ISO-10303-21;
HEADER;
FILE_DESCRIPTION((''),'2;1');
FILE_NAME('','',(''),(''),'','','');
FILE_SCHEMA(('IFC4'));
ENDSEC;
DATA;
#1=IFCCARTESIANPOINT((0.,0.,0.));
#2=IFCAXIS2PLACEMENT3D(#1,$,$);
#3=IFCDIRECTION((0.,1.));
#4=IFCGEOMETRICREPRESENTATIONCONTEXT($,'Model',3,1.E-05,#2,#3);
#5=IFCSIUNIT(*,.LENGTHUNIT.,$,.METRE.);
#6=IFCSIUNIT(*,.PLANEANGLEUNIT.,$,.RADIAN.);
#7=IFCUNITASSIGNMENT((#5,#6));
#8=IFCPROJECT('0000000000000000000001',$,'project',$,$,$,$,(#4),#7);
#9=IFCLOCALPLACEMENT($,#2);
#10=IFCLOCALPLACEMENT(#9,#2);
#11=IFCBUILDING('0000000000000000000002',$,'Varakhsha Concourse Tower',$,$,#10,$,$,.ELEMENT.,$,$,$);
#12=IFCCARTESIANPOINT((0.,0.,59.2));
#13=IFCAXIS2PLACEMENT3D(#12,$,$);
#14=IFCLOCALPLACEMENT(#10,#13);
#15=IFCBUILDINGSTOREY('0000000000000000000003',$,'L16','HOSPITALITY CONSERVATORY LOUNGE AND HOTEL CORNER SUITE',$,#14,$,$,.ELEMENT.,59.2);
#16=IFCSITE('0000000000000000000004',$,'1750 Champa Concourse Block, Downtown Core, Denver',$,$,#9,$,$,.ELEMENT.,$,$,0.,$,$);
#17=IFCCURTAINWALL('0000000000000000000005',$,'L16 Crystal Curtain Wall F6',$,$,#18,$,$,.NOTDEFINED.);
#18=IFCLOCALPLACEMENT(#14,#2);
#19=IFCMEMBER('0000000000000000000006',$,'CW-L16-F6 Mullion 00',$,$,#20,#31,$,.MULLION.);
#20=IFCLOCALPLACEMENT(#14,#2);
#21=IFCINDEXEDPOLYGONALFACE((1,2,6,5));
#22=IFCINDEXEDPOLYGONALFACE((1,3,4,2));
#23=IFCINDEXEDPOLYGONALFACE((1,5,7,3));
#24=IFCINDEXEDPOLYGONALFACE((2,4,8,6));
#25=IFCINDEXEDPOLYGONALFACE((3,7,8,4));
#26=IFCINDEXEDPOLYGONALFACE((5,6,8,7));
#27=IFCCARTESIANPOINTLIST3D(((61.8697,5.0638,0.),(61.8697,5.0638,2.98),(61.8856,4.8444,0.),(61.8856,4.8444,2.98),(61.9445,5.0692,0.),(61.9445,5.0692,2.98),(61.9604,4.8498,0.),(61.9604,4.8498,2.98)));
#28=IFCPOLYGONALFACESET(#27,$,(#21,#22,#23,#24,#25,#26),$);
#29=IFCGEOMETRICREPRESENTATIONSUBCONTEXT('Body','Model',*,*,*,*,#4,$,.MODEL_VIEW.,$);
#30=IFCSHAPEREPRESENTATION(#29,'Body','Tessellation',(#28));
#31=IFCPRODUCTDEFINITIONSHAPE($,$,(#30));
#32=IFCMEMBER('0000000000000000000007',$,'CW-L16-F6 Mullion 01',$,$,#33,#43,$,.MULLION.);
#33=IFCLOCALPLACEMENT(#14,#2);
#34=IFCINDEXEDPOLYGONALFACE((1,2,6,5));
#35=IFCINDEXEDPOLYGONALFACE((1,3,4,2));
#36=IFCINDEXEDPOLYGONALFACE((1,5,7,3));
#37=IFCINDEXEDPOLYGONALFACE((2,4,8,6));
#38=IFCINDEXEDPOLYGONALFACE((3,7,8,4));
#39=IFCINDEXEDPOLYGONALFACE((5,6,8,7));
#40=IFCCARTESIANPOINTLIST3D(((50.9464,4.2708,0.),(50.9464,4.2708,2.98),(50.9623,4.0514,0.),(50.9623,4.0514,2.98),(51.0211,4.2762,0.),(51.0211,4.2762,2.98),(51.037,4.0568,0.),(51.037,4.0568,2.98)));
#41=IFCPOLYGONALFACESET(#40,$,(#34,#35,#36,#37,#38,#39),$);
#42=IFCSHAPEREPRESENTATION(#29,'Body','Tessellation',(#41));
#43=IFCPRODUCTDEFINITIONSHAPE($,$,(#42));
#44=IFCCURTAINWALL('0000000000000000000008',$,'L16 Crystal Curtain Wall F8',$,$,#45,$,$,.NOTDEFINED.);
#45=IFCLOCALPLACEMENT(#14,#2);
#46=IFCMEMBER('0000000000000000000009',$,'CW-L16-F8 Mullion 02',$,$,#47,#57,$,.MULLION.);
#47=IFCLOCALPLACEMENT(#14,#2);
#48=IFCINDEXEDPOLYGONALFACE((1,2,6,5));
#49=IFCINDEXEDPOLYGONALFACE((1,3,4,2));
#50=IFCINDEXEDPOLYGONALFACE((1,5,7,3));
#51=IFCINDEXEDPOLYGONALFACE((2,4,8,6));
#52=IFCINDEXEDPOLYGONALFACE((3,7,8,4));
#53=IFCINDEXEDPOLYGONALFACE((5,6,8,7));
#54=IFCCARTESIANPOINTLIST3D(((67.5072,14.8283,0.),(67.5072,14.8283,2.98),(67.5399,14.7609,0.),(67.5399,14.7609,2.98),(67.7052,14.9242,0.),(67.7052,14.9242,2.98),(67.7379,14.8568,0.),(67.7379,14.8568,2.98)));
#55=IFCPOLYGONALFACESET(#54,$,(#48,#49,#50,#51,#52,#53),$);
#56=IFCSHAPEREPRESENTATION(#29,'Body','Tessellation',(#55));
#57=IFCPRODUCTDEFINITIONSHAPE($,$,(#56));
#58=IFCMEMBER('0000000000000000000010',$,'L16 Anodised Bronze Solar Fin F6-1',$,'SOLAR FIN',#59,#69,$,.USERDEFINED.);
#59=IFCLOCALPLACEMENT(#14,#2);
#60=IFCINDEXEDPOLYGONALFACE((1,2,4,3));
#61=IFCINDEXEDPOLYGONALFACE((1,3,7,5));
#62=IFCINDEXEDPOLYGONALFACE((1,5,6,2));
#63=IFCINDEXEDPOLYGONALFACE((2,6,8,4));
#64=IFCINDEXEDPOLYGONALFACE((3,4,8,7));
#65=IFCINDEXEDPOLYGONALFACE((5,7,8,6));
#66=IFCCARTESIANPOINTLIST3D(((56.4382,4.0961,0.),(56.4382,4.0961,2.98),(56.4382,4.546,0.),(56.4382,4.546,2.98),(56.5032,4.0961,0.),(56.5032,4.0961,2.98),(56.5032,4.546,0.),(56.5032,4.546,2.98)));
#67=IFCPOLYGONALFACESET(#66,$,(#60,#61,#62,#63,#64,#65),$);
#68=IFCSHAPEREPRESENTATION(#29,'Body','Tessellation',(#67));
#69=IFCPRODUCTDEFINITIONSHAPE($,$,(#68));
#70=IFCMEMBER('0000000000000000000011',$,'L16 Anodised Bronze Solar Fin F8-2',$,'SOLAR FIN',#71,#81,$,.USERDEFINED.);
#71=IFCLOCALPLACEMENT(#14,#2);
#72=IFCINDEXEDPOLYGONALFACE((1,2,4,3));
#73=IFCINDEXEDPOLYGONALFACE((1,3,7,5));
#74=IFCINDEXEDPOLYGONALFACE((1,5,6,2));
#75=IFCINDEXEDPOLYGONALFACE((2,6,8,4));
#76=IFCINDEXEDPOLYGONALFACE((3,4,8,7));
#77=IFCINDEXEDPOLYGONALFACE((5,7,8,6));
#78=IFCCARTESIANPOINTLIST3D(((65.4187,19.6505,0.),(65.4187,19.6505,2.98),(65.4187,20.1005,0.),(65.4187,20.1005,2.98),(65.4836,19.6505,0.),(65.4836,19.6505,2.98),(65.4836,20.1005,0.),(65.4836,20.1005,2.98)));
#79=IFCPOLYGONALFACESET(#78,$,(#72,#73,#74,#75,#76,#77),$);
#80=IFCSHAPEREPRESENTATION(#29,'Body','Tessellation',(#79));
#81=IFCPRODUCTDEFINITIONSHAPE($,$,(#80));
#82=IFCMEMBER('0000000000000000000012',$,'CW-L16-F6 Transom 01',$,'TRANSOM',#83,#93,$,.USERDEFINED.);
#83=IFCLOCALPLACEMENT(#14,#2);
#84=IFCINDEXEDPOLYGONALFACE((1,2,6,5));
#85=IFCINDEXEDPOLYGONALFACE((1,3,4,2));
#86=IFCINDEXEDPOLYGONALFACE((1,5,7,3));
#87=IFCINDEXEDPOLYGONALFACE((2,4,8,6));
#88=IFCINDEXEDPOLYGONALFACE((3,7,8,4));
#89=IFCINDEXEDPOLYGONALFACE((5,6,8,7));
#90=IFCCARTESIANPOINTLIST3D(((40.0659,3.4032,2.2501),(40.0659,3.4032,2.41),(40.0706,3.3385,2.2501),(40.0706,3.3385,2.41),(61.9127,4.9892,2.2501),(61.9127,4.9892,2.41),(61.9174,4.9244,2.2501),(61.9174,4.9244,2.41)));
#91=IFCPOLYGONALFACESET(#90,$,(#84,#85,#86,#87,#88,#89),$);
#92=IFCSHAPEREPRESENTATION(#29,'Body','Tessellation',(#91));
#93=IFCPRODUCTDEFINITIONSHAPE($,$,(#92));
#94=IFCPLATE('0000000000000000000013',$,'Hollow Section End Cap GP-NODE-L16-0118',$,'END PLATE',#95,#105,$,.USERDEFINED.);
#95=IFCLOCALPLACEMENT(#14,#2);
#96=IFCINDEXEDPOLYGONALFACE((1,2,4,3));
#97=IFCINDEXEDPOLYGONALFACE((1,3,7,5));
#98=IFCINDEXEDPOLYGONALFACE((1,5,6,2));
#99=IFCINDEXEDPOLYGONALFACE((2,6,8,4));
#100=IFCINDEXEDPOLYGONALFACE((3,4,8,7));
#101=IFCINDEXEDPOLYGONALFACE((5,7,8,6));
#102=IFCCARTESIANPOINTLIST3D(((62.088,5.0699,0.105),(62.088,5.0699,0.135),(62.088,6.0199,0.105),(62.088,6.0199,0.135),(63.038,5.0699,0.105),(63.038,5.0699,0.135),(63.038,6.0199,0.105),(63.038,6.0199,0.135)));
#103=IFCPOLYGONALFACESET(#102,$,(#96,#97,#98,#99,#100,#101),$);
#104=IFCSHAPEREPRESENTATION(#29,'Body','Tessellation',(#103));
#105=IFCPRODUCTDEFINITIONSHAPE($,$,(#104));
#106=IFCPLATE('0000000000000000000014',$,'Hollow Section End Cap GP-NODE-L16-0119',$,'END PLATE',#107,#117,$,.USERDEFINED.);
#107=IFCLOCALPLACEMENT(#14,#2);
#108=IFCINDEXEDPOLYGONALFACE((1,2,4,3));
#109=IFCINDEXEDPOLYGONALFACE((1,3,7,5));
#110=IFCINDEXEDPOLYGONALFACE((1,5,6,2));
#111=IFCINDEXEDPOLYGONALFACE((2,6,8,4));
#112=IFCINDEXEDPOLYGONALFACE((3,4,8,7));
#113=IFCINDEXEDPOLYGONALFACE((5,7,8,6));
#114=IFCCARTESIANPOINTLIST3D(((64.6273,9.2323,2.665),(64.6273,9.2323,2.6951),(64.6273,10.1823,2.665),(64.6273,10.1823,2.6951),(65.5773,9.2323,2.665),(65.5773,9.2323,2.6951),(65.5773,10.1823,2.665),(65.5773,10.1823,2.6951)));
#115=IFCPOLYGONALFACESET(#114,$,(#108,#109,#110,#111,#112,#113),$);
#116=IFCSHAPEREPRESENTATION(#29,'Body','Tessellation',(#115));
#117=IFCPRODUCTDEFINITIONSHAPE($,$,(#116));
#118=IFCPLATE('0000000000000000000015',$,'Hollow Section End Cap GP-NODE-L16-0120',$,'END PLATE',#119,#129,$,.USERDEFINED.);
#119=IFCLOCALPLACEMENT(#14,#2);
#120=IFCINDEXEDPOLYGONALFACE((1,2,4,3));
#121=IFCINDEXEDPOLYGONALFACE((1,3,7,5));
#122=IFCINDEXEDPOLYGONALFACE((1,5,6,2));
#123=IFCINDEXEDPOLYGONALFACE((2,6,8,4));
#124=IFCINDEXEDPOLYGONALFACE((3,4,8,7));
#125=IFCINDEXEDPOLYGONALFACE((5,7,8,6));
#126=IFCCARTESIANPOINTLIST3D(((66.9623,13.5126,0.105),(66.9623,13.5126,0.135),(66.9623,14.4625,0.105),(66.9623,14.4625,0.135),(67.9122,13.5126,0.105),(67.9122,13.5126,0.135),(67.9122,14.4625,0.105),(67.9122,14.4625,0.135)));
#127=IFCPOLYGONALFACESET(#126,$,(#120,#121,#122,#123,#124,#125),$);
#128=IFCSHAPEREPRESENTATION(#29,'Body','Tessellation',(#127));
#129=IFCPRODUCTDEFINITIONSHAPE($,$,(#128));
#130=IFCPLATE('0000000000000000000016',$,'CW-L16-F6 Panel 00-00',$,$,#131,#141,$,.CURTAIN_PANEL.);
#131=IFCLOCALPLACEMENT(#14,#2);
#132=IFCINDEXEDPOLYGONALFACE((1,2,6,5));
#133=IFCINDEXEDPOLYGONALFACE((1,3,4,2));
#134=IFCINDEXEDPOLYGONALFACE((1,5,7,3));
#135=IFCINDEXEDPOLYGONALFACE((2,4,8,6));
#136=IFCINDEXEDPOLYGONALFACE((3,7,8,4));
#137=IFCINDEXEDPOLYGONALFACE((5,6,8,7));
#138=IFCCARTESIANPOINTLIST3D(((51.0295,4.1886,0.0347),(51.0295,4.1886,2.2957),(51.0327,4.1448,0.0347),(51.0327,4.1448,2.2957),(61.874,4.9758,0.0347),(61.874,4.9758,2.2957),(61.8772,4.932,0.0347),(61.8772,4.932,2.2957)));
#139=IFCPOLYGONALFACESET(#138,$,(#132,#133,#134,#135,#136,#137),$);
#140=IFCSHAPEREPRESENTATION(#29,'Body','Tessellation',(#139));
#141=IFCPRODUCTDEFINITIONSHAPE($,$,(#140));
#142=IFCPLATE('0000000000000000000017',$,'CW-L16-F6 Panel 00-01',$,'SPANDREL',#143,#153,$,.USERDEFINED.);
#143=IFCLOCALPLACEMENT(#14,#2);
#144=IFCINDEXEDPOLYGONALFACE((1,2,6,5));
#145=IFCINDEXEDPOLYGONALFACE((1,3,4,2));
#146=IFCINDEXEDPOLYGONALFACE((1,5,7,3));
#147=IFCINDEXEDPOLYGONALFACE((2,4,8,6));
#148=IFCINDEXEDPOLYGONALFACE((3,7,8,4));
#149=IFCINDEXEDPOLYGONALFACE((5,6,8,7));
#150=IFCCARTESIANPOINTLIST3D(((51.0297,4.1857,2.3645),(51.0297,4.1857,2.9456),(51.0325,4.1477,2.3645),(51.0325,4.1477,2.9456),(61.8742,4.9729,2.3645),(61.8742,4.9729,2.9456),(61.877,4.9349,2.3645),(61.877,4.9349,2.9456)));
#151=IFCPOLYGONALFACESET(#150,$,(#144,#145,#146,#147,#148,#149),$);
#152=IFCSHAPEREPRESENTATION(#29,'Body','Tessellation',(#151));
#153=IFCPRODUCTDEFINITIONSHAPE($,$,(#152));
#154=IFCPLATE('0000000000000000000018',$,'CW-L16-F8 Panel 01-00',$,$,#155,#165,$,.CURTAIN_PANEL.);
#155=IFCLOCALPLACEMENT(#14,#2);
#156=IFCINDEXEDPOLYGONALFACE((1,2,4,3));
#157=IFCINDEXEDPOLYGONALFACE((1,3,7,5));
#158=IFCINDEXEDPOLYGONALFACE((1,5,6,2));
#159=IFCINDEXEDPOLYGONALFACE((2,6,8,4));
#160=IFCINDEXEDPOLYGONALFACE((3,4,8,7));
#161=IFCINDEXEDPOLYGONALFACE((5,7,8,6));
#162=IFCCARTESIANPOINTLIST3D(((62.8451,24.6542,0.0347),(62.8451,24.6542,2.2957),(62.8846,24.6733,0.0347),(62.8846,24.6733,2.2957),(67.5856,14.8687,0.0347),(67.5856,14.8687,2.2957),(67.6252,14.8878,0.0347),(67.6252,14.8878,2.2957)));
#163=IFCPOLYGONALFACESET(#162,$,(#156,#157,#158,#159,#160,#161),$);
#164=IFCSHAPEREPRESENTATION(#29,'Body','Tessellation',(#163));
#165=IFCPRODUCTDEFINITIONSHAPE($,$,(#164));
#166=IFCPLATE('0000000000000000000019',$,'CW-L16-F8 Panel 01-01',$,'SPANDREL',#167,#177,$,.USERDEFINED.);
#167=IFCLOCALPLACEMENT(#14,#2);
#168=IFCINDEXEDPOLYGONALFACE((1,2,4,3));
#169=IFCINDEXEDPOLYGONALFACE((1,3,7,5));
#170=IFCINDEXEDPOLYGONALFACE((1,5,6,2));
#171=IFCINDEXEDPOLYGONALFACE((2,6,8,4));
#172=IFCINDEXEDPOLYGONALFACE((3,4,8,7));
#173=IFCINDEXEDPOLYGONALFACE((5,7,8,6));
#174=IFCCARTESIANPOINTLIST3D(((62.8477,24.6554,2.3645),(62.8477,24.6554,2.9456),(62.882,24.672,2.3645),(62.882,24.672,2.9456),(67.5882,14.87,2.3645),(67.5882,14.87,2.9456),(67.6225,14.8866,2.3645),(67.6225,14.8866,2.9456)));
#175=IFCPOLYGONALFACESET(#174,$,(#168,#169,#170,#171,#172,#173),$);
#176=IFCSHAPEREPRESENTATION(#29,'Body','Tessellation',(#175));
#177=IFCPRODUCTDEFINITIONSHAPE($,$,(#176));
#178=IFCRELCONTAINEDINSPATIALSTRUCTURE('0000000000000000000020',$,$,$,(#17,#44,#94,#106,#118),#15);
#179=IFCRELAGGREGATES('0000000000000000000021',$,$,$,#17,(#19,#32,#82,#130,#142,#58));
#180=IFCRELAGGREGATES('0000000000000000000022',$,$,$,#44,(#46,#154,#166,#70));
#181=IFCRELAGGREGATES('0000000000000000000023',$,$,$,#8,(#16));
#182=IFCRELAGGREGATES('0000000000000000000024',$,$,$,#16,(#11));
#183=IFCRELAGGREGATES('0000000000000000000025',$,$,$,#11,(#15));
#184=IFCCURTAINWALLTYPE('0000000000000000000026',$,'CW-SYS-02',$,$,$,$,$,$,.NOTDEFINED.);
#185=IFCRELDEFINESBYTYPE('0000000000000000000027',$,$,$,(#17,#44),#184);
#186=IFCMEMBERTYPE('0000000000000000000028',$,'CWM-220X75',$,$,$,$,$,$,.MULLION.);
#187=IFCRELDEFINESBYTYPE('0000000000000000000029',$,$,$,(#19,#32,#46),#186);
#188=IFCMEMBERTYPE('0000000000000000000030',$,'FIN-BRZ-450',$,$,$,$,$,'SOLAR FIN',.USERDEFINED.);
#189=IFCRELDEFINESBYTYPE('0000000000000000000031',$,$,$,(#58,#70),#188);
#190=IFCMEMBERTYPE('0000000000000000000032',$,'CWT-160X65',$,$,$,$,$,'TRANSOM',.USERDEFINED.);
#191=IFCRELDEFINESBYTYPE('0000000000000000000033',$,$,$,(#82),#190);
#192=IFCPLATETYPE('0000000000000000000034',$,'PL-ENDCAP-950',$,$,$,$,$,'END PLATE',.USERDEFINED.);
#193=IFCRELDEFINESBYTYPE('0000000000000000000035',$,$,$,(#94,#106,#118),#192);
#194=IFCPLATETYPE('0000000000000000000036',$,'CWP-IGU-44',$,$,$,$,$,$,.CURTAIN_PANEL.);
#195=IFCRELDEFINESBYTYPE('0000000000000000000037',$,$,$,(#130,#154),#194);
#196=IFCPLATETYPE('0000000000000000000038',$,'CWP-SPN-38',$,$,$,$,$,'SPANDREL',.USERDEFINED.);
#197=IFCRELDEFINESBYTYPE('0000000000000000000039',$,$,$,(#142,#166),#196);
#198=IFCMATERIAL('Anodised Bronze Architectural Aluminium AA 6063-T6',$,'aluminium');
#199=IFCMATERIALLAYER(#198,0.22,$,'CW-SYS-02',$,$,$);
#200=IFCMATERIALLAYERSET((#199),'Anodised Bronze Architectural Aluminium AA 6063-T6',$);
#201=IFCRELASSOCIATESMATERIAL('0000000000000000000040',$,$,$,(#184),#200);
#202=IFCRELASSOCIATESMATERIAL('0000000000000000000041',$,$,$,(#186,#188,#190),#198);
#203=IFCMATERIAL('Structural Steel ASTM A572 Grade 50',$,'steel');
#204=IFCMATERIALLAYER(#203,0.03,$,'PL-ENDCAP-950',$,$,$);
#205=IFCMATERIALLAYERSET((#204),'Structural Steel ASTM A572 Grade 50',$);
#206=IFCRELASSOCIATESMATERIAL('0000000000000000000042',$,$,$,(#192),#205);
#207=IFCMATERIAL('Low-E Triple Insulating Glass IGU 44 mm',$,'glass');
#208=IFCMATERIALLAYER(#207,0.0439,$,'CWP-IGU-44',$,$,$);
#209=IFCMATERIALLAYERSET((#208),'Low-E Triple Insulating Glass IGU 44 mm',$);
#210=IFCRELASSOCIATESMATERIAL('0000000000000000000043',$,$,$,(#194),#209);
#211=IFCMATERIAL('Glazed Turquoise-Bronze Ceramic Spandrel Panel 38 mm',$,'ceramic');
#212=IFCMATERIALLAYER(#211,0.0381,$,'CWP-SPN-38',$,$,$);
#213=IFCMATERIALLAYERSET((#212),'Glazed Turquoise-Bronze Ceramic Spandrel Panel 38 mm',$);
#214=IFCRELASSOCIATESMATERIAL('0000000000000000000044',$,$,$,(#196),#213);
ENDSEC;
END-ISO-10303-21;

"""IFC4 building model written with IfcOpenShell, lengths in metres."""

from ifc_helpers import new_model, si_unit, direction, frame, origin, origin_2d, place, context, subcontext, project, spatial, rectangle, extrude, source, transform, mapped, material, layer, layer_set, material_profile, profile_set, type_object, type_shapes, element, aggregate, save


model = new_model("IFC4")

# Units and contexts
model_context = context("Model", 3, precision=1e-05, world=origin(), true_north=direction((0.0, 1.0)))
body_context = subcontext(model_context, "Body", "Model", "MODEL_VIEW")
ifc_project = project(units=[si_unit("LENGTHUNIT", "METRE"), si_unit("PLANEANGLEUNIT", "RADIAN")], contexts=[model_context])

# Site, building, storey
site_placement = place(None, origin())
site = spatial("IfcSite", under=ifc_project, at=site_placement, Name="1750 Champa Concourse Block, Downtown Core, Denver", CompositionType="ELEMENT", RefElevation=0.0)
building_placement = place(site_placement, origin())
building = spatial("IfcBuilding", under=site, at=building_placement, Name="Varakhsha Concourse Tower", CompositionType="ELEMENT")
storey_placement = place(building_placement, frame((0.0, 0.0, 59.2)))
storey = spatial("IfcBuildingStorey", under=building, at=storey_placement, Name="L16", Description="HOSPITALITY CONSERVATORY LOUNGE AND HOTEL CORNER SUITE", CompositionType="ELEMENT", Elevation=59.2)

# Shared definitions
ifc_material_1 = material(Name="Structural Steel ASTM A572 Grade 50", Category="steel")

# Curtain wall, members
ifc_material_2 = material(Name="Anodised Bronze Architectural Aluminium AA 6063-T6", Category="aluminium")
ifc_layer_1 = layer(ifc_material_2, 0.22, Name="CW-SYS-02")
ifc_layer_set_1 = layer_set([ifc_layer_1], Name="Anodised Bronze Architectural Aluminium AA 6063-T6")
curtain_wall_type = type_object("IfcCurtainWallType", Name="CW-SYS-02", PredefinedType="NOTDEFINED", material=ifc_layer_set_1)
curtain_wall_1_placement = place(storey_placement, origin())
curtain_wall_1 = element("IfcCurtainWall", 1, at=curtain_wall_1_placement, inside=storey, type_object=curtain_wall_type, Name="L16 Crystal Curtain Wall F6", PredefinedType="NOTDEFINED")
ifc_material_profile_1 = material_profile(ifc_material_2, rectangle(XDim=0.075, YDim=0.22, at=origin_2d()), Name="CWM-220X75")
ifc_profile_set_1 = profile_set([ifc_material_profile_1], Name="Anodised Bronze Architectural Aluminium AA 6063-T6")
member_type_1 = type_object("IfcMemberType", Name="CWM-220X75", PredefinedType="MULLION", material=ifc_profile_set_1)
shared_shape_1 = source(origin(), body_context, "Body", "SweptSolid", [
    extrude(rectangle(XDim=0.075, YDim=0.22, at=origin_2d()), origin(), (0.0, 0.0, 1.0), 2.98),
])
type_shapes(member_type_1, [shared_shape_1])
member_1_placement = place(storey_placement, frame((61.915, 4.9568, 0.0), z_axis=(0.0, 0.0, 1.0), x_axis=(-0.997376, -0.072401, 0.0)))
member_1 = element("IfcMember", 2, at=member_1_placement, type_object=member_type_1, Name="CW-L16-F6 Mullion 00", PredefinedType="MULLION", context=body_context, shape_type="MappedRepresentation", body=[
    mapped(shared_shape_1, transform((0.0, 0.0, 0.0), scale=1.0)),
])
member_2_placement = place(storey_placement, frame((50.9917, 4.1638, 0.0), z_axis=(0.0, 0.0, 1.0), x_axis=(-0.997376, -0.072401, 0.0)))
member_2 = element("IfcMember", 3, at=member_2_placement, type_object=member_type_1, Name="CW-L16-F6 Mullion 01", PredefinedType="MULLION", context=body_context, shape_type="MappedRepresentation", body=[
    mapped(shared_shape_1, transform((0.0, 0.0, 0.0), scale=1.0)),
])

# Curtain wall, member
curtain_wall_2_placement = place(storey_placement, origin())
curtain_wall_2 = element("IfcCurtainWall", 4, at=curtain_wall_2_placement, inside=storey, type_object=curtain_wall_type, Name="L16 Crystal Curtain Wall F8", PredefinedType="NOTDEFINED")
member_3_placement = place(storey_placement, frame((67.6226, 14.8425, 0.0), z_axis=(0.0, 0.0, 1.0), x_axis=(0.435982, -0.899955, 0.0)))
member_3 = element("IfcMember", 5, at=member_3_placement, type_object=member_type_1, Name="CW-L16-F8 Mullion 02", PredefinedType="MULLION", context=body_context, shape_type="MappedRepresentation", body=[
    mapped(shared_shape_1, transform((0.0, 0.0, 0.0), scale=1.0)),
])

# Members
ifc_material_profile_2 = material_profile(ifc_material_2, rectangle(XDim=0.0649, YDim=0.45, at=origin_2d()), Name="FIN-BRZ-450")
ifc_profile_set_2 = profile_set([ifc_material_profile_2], Name="Anodised Bronze Architectural Aluminium AA 6063-T6")
member_type_2 = type_object("IfcMemberType", Name="FIN-BRZ-450", ElementType="SOLAR FIN", PredefinedType="USERDEFINED", material=ifc_profile_set_2)
shared_shape_2 = source(origin(), body_context, "Body", "SweptSolid", [
    extrude(rectangle(XDim=0.0649, YDim=0.45, at=origin_2d()), origin(), (0.0, 0.0, 1.0), 2.98),
])
type_shapes(member_type_2, [shared_shape_2])
member_4_placement = place(storey_placement, frame((56.4707, 4.321, 0.0), z_axis=(0.0, 0.0, 1.0), x_axis=(1.0, 0.0, 0.0)))
member_4 = element("IfcMember", 6, at=member_4_placement, type_object=member_type_2, Name="L16 Anodised Bronze Solar Fin F6-1", ObjectType="SOLAR FIN", PredefinedType="USERDEFINED", context=body_context, shape_type="MappedRepresentation", body=[
    mapped(shared_shape_2, transform((0.0, 0.0, 0.0), scale=1.0)),
])
member_5_placement = place(storey_placement, frame((65.4512, 19.8755, 0.0), z_axis=(0.0, 0.0, 1.0), x_axis=(1.0, 0.0, 0.0)))
member_5 = element("IfcMember", 7, at=member_5_placement, type_object=member_type_2, Name="L16 Anodised Bronze Solar Fin F8-2", ObjectType="SOLAR FIN", PredefinedType="USERDEFINED", context=body_context, shape_type="MappedRepresentation", body=[
    mapped(shared_shape_2, transform((0.0, 0.0, 0.0), scale=1.0)),
])
ifc_material_profile_3 = material_profile(ifc_material_2, rectangle(XDim=0.0649, YDim=0.1599, at=origin_2d()), Name="CWT-160X65")
ifc_profile_set_3 = profile_set([ifc_material_profile_3], Name="Anodised Bronze Architectural Aluminium AA 6063-T6")
member_type_3 = type_object("IfcMemberType", Name="CWT-160X65", ElementType="TRANSOM", PredefinedType="USERDEFINED", material=ifc_profile_set_3)
shared_shape_3 = source(origin(), body_context, "Body", "SweptSolid", [
    extrude(rectangle(XDim=0.0649, YDim=0.1599, at=origin_2d()), origin(), (0.0, 0.0, 1.0), 21.9043),
])
type_shapes(member_type_3, [shared_shape_3])
member_6_placement = place(storey_placement, frame((61.915, 4.9568, 2.3301), z_axis=(-0.997375, -0.072403, 0.0), x_axis=(0.072403, -0.997375, 0.0)))
member_6 = element("IfcMember", 8, at=member_6_placement, type_object=member_type_3, Name="CW-L16-F6 Transom 01", ObjectType="TRANSOM", PredefinedType="USERDEFINED", context=body_context, shape_type="MappedRepresentation", body=[
    mapped(shared_shape_3, transform((0.0, 0.0, 0.0), scale=1.0)),
])

# Plates
ifc_layer_2 = layer(ifc_material_1, 0.03, Name="PL-ENDCAP-950")
ifc_layer_set_2 = layer_set([ifc_layer_2], Name="Structural Steel ASTM A572 Grade 50")
plate_type_1 = type_object("IfcPlateType", Name="PL-ENDCAP-950", ElementType="END PLATE", PredefinedType="USERDEFINED", material=ifc_layer_set_2)
shared_shape_4 = source(origin(), body_context, "Body", "SweptSolid", [
    extrude(rectangle(XDim=0.95, YDim=0.95, at=origin_2d()), origin(), (0.0, 0.0, 1.0), 0.03),
])
type_shapes(plate_type_1, [shared_shape_4])
for number, where, z_axis, x_axis, name in (
    (9, (62.563, 5.5449, 0.105), (0.0, 0.0, 1.0), (1.0, 0.0, 0.0), "Hollow Section End Cap GP-NODE-L16-0118"),
    (10, (65.1023, 9.7073, 2.665), (0.0, 0.0, 1.0), (1.0, 0.0, 0.0), "Hollow Section End Cap GP-NODE-L16-0119"),
    (11, (67.4373, 13.9875, 0.105), (0.0, 0.0, 1.0), (1.0, 0.0, 0.0), "Hollow Section End Cap GP-NODE-L16-0120"),
):
    element("IfcPlate", number, at=place(storey_placement, frame(where, z_axis=z_axis, x_axis=x_axis)), inside=storey, type_object=plate_type_1, Name=name, ObjectType="END PLATE", PredefinedType="USERDEFINED", context=body_context, shape_type="MappedRepresentation", body=[
        mapped(shared_shape_4, transform((0.0, 0.0, 0.0), scale=1.0)),
    ])

# Plates
ifc_material_3 = material(Name="Low-E Triple Insulating Glass IGU 44 mm", Category="glass")
ifc_layer_3 = layer(ifc_material_3, 0.0439, Name="CWP-IGU-44")
ifc_layer_set_3 = layer_set([ifc_layer_3], Name="Low-E Triple Insulating Glass IGU 44 mm")
plate_type_2 = type_object("IfcPlateType", Name="CWP-IGU-44", PredefinedType="CURTAIN_PANEL", material=ifc_layer_set_3)
shared_shape_5 = source(origin(), body_context, "Body", "SweptSolid", [
    extrude(rectangle(XDim=10.873, YDim=0.0439, at=origin_2d()), origin(), (0.0, 0.0, 1.0), 2.261),
])
plate_1_placement = place(storey_placement, frame((56.4534, 4.5603, 0.0347), z_axis=(0.0, 0.0, 1.0), x_axis=(-0.997376, -0.072401, 0.0)))
plate_1 = element("IfcPlate", 12, at=plate_1_placement, type_object=plate_type_2, Name="CW-L16-F6 Panel 00-00", PredefinedType="CURTAIN_PANEL", context=body_context, shape_type="MappedRepresentation", body=[
    mapped(shared_shape_5, transform((0.0, 0.0, 0.0), scale=1.0)),
])
ifc_material_4 = material(Name="Glazed Turquoise-Bronze Ceramic Spandrel Panel 38 mm", Category="ceramic")
ifc_layer_4 = layer(ifc_material_4, 0.0381, Name="CWP-SPN-38")
ifc_layer_set_4 = layer_set([ifc_layer_4], Name="Glazed Turquoise-Bronze Ceramic Spandrel Panel 38 mm")
plate_type_3 = type_object("IfcPlateType", Name="CWP-SPN-38", ElementType="SPANDREL", PredefinedType="USERDEFINED", material=ifc_layer_set_4)
shared_shape_6 = source(origin(), body_context, "Body", "SweptSolid", [
    extrude(rectangle(XDim=10.873, YDim=0.0381, at=origin_2d()), origin(), (0.0, 0.0, 1.0), 0.5811),
])
plate_2_placement = place(storey_placement, frame((56.4534, 4.5603, 2.3645), z_axis=(0.0, 0.0, 1.0), x_axis=(-0.997376, -0.072401, 0.0)))
plate_2 = element("IfcPlate", 13, at=plate_2_placement, type_object=plate_type_3, Name="CW-L16-F6 Panel 00-01", ObjectType="SPANDREL", PredefinedType="USERDEFINED", context=body_context, shape_type="MappedRepresentation", body=[
    mapped(shared_shape_6, transform((0.0, 0.0, 0.0), scale=1.0)),
])
aggregate(curtain_wall_1, [member_1, member_2, member_6, plate_1, plate_2, member_4])
shared_shape_7 = source(origin(), body_context, "Body", "SweptSolid", [
    extrude(rectangle(XDim=10.8733, YDim=0.0439, at=origin_2d()), origin(), (0.0, 0.0, 1.0), 2.261),
])
type_shapes(plate_type_2, [shared_shape_5, shared_shape_7])
plate_3_placement = place(storey_placement, frame((65.2351, 19.771, 0.0347), z_axis=(0.0, 0.0, 1.0), x_axis=(0.435982, -0.899955, 0.0)))
plate_3 = element("IfcPlate", 14, at=plate_3_placement, type_object=plate_type_2, Name="CW-L16-F8 Panel 01-00", PredefinedType="CURTAIN_PANEL", context=body_context, shape_type="MappedRepresentation", body=[
    mapped(shared_shape_7, transform((0.0, 0.0, 0.0), scale=1.0)),
])
shared_shape_8 = source(origin(), body_context, "Body", "SweptSolid", [
    extrude(rectangle(XDim=10.8733, YDim=0.0381, at=origin_2d()), origin(), (0.0, 0.0, 1.0), 0.5811),
])
type_shapes(plate_type_3, [shared_shape_6, shared_shape_8])
plate_4_placement = place(storey_placement, frame((65.2351, 19.771, 2.3645), z_axis=(0.0, 0.0, 1.0), x_axis=(0.435982, -0.899955, 0.0)))
plate_4 = element("IfcPlate", 15, at=plate_4_placement, type_object=plate_type_3, Name="CW-L16-F8 Panel 01-01", ObjectType="SPANDREL", PredefinedType="USERDEFINED", context=body_context, shape_type="MappedRepresentation", body=[
    mapped(shared_shape_8, transform((0.0, 0.0, 0.0), scale=1.0)),
])
aggregate(curtain_wall_2, [member_3, plate_3, plate_4, member_5])

save(model, "model.ifc")
